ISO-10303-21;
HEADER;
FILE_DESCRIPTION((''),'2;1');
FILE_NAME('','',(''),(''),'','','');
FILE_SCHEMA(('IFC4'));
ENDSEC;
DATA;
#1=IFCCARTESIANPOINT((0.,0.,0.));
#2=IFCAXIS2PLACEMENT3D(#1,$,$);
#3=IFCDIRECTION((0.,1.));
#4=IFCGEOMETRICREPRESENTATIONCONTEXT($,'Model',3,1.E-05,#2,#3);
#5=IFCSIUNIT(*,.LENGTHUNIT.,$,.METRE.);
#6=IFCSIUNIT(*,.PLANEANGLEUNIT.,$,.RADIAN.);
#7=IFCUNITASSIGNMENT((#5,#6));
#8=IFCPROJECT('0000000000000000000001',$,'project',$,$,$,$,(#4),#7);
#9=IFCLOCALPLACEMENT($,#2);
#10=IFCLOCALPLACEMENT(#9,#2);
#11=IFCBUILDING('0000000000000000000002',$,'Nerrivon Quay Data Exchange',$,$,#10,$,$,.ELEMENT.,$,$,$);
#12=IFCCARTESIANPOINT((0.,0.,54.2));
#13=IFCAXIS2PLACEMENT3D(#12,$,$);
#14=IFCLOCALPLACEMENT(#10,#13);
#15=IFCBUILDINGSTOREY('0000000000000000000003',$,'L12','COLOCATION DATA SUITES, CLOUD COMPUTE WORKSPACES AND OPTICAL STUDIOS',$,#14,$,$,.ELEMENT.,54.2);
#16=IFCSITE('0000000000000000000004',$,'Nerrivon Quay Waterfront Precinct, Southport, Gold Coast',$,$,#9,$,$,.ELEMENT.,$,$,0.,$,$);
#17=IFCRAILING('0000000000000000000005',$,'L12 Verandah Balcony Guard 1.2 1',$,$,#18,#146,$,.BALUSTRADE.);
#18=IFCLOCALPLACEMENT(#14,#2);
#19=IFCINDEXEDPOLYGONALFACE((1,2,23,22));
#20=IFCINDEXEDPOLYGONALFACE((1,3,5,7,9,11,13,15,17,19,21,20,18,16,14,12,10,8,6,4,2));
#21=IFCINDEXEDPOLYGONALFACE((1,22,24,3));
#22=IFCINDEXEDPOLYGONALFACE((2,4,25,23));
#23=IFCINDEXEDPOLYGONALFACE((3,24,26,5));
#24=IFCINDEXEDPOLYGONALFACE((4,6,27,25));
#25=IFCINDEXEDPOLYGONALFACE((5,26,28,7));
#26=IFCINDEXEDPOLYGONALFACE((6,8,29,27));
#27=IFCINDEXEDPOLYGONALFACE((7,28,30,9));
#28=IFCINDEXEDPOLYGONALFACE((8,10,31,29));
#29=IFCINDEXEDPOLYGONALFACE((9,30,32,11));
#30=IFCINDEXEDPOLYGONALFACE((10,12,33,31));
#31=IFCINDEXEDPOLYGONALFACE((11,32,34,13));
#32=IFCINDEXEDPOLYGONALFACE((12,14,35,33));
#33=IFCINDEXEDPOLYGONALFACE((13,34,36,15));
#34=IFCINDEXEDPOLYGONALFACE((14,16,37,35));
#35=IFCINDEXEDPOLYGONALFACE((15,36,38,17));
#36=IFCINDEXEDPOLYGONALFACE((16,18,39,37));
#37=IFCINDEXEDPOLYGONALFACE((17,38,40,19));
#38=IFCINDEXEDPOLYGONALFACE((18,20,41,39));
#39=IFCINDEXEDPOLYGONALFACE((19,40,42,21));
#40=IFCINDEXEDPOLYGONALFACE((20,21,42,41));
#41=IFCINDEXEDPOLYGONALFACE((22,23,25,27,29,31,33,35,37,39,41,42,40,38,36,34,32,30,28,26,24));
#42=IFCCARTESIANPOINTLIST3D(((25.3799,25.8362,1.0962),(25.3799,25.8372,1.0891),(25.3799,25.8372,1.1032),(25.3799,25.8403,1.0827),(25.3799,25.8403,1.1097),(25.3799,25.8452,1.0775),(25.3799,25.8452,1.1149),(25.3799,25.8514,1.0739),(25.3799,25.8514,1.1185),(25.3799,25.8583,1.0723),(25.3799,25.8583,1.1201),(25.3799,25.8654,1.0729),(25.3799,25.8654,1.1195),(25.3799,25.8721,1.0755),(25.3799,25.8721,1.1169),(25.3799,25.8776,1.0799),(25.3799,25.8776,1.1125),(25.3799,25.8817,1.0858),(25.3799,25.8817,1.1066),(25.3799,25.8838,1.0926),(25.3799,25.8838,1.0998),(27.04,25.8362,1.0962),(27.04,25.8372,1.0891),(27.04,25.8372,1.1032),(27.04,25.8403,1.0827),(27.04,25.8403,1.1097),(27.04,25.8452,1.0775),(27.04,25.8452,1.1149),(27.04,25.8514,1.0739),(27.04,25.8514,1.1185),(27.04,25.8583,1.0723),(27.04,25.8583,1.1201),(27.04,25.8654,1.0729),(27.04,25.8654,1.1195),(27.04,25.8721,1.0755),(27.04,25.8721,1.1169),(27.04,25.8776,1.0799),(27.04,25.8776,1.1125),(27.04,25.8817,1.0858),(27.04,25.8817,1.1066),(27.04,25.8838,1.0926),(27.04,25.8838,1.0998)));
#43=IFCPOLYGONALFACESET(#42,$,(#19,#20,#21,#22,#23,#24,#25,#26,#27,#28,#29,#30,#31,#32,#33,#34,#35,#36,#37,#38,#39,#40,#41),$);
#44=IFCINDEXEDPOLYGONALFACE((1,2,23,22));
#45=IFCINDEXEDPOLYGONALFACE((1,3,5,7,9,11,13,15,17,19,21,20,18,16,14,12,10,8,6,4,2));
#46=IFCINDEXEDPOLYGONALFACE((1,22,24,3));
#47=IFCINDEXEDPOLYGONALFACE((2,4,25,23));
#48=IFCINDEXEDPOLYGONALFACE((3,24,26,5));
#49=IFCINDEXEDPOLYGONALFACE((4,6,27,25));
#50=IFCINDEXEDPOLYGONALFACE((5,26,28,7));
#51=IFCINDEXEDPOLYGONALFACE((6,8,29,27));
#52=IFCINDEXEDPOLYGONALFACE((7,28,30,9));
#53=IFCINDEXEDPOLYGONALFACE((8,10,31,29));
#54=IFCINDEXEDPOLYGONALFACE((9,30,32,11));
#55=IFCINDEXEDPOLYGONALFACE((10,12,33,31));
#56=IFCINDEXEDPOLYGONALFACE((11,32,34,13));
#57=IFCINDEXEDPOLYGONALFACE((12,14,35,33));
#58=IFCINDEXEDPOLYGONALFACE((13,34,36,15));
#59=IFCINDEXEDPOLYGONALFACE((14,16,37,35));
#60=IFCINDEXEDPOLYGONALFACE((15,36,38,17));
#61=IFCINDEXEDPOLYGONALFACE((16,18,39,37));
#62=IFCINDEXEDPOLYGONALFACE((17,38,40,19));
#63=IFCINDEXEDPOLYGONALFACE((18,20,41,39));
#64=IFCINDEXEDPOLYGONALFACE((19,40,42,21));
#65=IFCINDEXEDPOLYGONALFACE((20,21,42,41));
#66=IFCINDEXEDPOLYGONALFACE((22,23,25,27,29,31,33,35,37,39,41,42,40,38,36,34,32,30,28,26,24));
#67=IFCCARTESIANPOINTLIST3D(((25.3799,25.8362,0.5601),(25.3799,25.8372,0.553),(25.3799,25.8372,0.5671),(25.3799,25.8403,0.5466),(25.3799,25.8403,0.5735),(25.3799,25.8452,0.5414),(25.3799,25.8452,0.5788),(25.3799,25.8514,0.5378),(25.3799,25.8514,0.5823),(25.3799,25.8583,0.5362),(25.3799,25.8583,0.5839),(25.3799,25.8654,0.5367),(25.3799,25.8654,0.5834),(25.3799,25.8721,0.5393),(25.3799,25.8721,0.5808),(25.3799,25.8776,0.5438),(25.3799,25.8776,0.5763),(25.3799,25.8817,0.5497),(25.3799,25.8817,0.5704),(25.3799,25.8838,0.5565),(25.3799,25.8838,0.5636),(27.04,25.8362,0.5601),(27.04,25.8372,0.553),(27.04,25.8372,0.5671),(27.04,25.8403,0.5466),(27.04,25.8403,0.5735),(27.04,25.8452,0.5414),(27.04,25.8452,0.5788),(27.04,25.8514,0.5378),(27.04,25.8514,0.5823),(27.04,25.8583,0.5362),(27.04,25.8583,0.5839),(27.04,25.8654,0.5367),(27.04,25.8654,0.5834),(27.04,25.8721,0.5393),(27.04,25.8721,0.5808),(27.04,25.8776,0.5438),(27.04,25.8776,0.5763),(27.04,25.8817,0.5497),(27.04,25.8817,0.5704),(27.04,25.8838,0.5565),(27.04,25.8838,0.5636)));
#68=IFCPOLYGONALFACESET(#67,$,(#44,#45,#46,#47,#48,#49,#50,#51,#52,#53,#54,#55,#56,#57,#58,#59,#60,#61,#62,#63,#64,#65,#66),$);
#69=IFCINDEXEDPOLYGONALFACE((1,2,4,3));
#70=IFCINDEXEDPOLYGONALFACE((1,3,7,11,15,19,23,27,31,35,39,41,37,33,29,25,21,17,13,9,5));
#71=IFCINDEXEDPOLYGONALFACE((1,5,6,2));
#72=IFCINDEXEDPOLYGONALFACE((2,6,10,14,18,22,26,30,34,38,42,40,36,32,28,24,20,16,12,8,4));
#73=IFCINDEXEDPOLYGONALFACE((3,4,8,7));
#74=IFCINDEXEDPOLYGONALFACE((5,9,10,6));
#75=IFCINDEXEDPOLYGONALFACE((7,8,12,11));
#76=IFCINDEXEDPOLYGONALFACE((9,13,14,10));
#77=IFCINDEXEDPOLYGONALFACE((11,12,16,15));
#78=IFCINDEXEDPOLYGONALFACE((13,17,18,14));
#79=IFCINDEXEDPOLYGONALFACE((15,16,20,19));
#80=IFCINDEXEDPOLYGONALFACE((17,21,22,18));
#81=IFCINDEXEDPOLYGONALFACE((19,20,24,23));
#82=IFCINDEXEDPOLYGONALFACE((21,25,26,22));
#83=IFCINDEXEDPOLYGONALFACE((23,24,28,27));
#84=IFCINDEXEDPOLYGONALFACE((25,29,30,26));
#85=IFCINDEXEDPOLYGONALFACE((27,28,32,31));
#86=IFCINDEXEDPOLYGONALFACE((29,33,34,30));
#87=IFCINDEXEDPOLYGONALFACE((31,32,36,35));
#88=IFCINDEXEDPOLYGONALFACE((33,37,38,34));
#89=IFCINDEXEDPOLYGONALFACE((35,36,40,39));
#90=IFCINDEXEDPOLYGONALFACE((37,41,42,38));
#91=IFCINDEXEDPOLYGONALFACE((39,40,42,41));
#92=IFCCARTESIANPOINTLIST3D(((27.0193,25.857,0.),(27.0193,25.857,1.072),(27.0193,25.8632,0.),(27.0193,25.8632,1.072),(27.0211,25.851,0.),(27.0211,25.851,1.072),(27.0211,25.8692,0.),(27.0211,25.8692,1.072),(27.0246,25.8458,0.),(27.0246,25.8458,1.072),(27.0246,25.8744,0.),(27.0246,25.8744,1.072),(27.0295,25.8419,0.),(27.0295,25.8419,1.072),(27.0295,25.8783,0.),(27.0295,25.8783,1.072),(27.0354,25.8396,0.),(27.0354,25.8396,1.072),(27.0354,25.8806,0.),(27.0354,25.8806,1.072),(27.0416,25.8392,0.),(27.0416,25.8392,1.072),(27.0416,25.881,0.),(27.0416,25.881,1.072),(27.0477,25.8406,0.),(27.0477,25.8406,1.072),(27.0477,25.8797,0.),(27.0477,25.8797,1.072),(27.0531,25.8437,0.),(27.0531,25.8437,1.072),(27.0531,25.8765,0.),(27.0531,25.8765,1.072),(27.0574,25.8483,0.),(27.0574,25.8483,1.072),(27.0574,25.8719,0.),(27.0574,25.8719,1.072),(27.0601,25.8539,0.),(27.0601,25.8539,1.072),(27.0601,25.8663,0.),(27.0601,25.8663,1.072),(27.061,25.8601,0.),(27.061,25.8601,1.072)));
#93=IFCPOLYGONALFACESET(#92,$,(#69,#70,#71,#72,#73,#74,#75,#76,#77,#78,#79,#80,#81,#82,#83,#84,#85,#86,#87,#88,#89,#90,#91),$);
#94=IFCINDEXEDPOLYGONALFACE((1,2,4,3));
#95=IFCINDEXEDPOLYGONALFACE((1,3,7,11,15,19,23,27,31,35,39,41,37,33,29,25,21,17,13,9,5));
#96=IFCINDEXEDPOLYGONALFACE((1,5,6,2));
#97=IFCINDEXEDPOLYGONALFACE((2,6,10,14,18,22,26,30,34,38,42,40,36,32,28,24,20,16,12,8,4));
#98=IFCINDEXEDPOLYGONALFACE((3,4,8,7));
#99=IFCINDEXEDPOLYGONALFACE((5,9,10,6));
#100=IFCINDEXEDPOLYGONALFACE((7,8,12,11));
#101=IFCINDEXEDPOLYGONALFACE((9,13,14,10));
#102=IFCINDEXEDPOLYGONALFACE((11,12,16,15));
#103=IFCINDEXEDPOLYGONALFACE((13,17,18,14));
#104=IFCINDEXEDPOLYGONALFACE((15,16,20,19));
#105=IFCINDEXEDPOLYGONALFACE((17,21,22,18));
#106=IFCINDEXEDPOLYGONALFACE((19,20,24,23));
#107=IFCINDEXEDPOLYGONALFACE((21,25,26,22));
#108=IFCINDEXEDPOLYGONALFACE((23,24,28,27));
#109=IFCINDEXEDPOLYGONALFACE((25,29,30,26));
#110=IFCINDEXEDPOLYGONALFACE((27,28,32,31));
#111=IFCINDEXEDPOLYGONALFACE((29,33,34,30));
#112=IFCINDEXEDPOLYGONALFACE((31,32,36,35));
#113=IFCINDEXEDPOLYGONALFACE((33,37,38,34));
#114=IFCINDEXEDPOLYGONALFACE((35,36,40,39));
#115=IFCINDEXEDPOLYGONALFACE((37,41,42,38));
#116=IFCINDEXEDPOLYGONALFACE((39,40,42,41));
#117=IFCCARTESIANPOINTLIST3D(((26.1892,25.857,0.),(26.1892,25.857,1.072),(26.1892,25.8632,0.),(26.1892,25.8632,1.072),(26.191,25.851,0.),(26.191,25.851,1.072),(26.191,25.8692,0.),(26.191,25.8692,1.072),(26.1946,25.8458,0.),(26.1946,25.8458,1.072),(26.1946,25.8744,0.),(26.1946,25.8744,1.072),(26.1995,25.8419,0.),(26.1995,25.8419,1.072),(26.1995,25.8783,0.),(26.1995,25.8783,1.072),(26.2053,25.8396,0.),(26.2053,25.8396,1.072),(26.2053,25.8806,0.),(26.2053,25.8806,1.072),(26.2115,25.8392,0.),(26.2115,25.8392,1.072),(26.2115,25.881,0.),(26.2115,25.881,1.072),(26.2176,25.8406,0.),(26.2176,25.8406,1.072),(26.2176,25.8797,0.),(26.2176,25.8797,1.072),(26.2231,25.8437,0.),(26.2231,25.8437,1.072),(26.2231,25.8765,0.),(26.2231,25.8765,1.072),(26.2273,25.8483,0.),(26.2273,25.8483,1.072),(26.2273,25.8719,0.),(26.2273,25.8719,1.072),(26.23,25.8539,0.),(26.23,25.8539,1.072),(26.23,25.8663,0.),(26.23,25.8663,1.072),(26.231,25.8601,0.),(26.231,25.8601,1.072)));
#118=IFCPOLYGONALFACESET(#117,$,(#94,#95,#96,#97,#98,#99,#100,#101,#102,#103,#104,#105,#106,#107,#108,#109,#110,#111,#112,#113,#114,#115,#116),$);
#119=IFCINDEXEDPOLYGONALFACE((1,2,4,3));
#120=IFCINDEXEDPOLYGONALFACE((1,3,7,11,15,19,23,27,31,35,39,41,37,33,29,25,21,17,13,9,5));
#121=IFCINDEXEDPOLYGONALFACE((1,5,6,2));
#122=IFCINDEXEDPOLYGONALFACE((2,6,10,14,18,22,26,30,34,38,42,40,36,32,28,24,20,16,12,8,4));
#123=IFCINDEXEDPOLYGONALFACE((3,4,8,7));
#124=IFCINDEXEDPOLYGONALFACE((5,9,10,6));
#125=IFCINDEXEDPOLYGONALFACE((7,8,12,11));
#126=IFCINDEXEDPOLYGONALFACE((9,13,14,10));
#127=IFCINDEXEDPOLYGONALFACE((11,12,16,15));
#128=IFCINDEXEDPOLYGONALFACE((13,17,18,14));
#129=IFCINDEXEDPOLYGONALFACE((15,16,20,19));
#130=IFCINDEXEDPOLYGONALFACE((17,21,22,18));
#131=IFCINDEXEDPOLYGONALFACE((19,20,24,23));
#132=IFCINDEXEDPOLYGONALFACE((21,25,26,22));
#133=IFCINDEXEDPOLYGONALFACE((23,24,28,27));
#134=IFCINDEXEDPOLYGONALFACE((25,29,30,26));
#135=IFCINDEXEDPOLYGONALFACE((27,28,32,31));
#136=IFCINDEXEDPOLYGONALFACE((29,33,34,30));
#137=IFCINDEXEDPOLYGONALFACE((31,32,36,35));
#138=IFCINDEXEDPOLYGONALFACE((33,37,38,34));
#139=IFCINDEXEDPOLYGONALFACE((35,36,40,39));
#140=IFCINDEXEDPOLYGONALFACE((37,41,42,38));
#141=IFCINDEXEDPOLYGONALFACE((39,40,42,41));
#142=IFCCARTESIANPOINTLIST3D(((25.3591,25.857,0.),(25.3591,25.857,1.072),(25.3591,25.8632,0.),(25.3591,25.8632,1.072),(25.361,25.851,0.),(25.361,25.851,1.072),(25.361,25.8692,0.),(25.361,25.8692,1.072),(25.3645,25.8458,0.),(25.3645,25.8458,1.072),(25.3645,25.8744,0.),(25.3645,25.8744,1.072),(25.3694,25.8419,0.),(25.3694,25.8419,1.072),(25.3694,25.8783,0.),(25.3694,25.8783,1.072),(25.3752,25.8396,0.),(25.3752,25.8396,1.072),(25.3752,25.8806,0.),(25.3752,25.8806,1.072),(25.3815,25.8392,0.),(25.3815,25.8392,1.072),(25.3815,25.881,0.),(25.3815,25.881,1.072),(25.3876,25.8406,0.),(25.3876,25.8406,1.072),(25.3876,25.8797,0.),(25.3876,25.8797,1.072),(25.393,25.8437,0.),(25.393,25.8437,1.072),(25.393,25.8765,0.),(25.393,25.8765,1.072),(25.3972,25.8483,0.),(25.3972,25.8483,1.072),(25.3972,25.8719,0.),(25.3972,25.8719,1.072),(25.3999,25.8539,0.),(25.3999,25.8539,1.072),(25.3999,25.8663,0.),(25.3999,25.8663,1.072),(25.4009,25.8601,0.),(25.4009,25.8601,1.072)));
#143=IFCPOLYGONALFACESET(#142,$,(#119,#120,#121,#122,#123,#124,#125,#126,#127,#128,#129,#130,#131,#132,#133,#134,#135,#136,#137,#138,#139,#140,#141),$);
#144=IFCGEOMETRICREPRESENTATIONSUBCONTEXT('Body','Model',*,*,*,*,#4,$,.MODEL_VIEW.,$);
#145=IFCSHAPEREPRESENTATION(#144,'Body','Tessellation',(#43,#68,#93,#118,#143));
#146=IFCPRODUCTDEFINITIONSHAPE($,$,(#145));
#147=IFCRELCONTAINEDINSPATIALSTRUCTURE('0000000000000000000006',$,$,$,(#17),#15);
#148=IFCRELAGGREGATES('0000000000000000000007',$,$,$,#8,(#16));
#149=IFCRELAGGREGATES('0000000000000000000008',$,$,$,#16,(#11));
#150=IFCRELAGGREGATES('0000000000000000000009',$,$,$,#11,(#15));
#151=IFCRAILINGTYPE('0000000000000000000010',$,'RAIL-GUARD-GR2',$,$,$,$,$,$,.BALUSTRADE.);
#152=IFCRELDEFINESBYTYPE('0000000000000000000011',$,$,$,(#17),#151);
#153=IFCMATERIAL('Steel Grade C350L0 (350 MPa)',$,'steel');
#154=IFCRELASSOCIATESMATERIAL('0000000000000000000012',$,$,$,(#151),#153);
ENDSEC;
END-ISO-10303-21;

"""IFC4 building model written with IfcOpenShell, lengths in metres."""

from ifc_helpers import new_model, si_unit, direction, frame, origin, origin_2d, place, context, subcontext, project, spatial, circle, extrude, material, type_object, element, save


model = new_model("IFC4")

# Units and contexts
model_context = context("Model", 3, precision=1e-05, world=origin(), true_north=direction((0.0, 1.0)))
body_context = subcontext(model_context, "Body", "Model", "MODEL_VIEW")
ifc_project = project(units=[si_unit("LENGTHUNIT", "METRE"), si_unit("PLANEANGLEUNIT", "RADIAN")], contexts=[model_context])

# Site, building, storey
site_placement = place(None, origin())
site = spatial("IfcSite", under=ifc_project, at=site_placement, Name="Nerrivon Quay Waterfront Precinct, Southport, Gold Coast", CompositionType="ELEMENT", RefElevation=0.0)
building_placement = place(site_placement, origin())
building = spatial("IfcBuilding", under=site, at=building_placement, Name="Nerrivon Quay Data Exchange", CompositionType="ELEMENT")
storey_placement = place(building_placement, frame((0.0, 0.0, 54.2)))
storey = spatial("IfcBuildingStorey", under=building, at=storey_placement, Name="L12", Description="COLOCATION DATA SUITES, CLOUD COMPUTE WORKSPACES AND OPTICAL STUDIOS", CompositionType="ELEMENT", Elevation=54.2)

# Railing
ifc_material_1 = material(Name="Steel Grade C350L0 (350 MPa)", Category="steel")
railing_type = type_object("IfcRailingType", Name="RAIL-GUARD-GR2", PredefinedType="BALUSTRADE", material=ifc_material_1)
railing_1_placement = place(storey_placement, frame((27.04, 25.8601, 0.0)))
element("IfcRailing", 1, at=railing_1_placement, inside=storey, type_object=railing_type, Name="L12 Verandah Balcony Guard 1.2 1", PredefinedType="BALUSTRADE", context=body_context, shape_type="SweptSolid", body=[
    extrude(circle(Radius=0.0239, at=origin_2d()), frame((0.0, 0.0, 1.0962), z_axis=(-1.0, 0.0, 0.0), x_axis=(0.0, -1.0, 0.0)), (0.0, 0.0, 1.0), 1.6602),
    extrude(circle(Radius=0.0239, at=origin_2d()), frame((0.0, 0.0, 0.5601), z_axis=(-1.0, 0.0, 0.0), x_axis=(0.0, -1.0, 0.0)), (0.0, 0.0, 1.0), 1.6602),
    extrude(circle(Radius=0.021, at=origin_2d()), origin(), (0.0, 0.0, 1.0), 1.072),
    extrude(circle(Radius=0.021, at=origin_2d()), frame((-0.8301, 0.0, 0.0)), (0.0, 0.0, 1.0), 1.072),
    extrude(circle(Radius=0.021, at=origin_2d()), frame((-1.6602, 0.0, 0.0)), (0.0, 0.0, 1.0), 1.072),
])

save(model, "model.ifc")
